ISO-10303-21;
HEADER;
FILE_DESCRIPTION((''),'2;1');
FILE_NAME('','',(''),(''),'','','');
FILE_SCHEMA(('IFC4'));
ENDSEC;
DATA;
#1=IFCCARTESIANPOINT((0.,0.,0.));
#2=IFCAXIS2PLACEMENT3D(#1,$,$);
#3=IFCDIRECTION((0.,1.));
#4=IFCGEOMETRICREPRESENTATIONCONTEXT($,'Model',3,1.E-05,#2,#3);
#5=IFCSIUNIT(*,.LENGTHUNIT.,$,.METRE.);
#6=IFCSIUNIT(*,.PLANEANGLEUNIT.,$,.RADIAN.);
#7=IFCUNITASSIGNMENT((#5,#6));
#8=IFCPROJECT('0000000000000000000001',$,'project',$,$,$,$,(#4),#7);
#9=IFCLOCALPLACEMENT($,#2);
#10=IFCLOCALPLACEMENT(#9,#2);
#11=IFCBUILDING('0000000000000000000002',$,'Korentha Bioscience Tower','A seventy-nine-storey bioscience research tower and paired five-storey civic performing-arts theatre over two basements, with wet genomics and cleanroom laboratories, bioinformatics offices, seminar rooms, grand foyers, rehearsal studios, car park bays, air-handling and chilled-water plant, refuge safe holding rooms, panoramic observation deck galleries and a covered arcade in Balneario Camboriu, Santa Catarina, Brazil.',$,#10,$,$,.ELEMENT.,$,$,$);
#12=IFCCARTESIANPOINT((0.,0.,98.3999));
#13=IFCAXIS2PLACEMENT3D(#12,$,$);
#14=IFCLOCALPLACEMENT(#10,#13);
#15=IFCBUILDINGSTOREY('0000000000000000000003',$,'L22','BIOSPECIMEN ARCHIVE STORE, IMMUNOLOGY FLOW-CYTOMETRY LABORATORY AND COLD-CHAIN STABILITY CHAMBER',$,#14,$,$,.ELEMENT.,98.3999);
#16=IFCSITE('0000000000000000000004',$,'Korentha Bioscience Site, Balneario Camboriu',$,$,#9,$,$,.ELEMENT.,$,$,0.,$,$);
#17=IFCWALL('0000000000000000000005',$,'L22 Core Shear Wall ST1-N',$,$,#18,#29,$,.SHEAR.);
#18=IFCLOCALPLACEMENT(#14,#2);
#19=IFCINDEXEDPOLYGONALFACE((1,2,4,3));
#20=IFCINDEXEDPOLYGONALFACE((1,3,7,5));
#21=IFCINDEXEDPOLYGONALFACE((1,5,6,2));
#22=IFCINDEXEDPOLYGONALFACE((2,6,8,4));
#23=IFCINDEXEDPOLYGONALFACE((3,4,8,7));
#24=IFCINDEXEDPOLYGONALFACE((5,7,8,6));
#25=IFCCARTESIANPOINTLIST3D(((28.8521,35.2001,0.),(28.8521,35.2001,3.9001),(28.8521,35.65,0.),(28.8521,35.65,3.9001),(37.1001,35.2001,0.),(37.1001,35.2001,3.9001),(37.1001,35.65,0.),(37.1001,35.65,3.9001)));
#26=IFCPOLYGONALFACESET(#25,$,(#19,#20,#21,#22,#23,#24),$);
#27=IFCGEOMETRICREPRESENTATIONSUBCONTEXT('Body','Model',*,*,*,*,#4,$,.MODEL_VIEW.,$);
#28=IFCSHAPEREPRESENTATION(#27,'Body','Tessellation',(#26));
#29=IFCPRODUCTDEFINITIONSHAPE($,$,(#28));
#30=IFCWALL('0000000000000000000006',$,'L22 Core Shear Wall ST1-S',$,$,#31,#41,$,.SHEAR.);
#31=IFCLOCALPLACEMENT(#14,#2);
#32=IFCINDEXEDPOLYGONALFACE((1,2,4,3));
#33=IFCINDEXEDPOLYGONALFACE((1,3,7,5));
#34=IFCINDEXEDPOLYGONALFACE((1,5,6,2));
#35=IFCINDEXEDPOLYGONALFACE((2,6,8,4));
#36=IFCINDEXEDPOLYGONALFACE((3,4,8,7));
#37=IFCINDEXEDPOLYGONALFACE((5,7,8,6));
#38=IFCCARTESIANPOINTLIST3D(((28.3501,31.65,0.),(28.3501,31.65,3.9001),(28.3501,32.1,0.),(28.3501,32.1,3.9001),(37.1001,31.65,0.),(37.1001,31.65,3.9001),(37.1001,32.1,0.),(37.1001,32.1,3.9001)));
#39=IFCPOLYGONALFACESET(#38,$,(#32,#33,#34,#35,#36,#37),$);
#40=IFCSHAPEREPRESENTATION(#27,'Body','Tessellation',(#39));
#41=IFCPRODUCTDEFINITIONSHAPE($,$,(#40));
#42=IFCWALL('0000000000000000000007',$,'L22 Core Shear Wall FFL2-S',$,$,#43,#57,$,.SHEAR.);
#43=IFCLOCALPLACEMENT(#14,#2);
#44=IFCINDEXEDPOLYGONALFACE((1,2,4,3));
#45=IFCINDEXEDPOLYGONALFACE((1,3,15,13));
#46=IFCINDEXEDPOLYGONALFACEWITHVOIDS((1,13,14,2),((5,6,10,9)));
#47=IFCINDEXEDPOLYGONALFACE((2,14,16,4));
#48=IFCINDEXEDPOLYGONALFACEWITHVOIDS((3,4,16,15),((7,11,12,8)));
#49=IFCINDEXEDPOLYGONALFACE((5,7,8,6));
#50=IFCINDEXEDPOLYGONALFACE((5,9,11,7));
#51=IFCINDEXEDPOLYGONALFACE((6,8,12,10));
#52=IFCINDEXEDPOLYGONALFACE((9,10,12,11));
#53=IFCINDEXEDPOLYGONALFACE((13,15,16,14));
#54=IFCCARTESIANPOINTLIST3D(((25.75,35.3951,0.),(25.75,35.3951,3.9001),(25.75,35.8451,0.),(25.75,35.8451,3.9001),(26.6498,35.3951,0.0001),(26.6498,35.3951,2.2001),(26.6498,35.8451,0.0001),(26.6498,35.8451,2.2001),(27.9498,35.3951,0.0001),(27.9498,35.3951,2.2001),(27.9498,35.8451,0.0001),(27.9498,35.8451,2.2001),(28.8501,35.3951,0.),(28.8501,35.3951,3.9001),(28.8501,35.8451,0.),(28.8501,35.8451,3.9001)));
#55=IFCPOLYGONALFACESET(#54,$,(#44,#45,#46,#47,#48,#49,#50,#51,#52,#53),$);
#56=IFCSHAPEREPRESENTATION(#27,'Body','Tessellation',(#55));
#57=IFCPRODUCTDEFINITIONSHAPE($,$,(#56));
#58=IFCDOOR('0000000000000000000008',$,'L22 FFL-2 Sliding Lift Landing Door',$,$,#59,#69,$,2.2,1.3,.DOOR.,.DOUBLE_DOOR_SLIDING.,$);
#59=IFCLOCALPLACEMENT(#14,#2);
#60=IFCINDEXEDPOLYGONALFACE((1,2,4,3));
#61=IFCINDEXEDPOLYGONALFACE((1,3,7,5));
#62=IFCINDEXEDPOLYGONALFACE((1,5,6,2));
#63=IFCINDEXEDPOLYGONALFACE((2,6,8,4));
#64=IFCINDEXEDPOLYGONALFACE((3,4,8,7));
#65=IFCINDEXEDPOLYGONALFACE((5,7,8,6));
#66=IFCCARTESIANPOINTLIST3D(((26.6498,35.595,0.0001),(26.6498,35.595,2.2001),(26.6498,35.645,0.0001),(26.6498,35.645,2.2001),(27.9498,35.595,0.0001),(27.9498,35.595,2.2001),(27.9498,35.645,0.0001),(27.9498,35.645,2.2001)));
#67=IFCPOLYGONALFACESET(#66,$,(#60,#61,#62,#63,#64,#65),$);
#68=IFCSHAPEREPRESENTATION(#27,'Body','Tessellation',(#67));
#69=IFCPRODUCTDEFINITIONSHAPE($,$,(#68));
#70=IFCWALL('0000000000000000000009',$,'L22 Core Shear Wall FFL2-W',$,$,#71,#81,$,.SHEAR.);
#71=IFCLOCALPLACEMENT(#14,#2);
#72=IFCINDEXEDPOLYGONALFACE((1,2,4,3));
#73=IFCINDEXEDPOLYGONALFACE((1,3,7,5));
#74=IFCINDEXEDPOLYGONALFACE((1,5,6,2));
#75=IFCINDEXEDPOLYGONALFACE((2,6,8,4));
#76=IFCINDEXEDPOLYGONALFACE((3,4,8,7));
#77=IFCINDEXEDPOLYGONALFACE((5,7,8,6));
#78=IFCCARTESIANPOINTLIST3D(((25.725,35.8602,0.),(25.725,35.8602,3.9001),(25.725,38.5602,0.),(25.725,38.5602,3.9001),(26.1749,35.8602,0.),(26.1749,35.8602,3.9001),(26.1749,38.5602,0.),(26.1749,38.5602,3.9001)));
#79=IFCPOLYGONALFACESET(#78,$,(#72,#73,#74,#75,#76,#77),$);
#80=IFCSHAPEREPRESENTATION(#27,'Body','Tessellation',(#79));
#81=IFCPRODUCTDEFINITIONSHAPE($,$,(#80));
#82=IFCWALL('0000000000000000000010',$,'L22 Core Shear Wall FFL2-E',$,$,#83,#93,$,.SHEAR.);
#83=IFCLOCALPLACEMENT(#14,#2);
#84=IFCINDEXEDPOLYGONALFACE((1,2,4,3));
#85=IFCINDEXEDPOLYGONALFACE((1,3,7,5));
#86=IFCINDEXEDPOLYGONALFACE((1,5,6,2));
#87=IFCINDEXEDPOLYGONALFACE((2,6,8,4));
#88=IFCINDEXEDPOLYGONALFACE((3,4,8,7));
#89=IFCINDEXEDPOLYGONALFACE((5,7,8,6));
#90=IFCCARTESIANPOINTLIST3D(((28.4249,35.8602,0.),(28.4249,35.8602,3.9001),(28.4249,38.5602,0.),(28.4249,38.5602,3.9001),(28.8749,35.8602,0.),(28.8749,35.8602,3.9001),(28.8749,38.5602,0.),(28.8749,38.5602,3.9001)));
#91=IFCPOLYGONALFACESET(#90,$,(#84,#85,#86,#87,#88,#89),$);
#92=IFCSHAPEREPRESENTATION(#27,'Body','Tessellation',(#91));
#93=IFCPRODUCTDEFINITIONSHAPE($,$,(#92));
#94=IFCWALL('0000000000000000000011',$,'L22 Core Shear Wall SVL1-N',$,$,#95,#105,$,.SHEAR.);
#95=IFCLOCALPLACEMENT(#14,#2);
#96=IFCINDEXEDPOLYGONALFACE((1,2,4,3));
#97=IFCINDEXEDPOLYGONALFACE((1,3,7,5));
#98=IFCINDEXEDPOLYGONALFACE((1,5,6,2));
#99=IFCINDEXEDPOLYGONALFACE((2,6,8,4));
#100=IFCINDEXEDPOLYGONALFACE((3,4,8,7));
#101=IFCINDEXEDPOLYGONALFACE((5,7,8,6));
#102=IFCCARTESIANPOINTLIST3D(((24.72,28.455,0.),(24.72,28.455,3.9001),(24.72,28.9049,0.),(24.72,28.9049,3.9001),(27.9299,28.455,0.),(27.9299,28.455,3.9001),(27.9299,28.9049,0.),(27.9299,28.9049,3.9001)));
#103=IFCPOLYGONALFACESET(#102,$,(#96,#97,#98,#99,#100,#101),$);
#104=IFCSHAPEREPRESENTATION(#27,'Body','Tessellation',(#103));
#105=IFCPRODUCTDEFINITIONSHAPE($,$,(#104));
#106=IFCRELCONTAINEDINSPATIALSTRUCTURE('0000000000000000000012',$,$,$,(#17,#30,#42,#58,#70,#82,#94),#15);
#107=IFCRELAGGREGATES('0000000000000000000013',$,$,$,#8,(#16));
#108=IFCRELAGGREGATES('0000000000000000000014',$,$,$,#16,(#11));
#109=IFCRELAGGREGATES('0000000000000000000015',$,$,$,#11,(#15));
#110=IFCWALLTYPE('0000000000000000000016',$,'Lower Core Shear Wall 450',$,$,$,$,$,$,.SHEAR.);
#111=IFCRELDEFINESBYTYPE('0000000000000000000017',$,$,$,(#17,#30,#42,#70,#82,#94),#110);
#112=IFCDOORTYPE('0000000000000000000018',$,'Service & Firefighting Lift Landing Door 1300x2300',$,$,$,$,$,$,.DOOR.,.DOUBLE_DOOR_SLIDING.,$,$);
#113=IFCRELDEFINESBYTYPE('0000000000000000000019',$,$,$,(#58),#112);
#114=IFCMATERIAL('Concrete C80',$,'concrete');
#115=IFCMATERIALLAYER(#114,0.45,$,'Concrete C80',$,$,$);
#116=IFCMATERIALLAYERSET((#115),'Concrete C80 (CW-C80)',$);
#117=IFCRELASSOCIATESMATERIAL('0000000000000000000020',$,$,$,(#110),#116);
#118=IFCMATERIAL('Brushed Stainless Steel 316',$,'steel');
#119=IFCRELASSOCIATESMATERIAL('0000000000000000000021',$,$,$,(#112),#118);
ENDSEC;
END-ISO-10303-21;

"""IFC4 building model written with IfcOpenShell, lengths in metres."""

from ifc_helpers import new_model, si_unit, direction, frame, frame_2d, origin, place, context, subcontext, project, spatial, rectangle, extrude, material, layer, layer_set, type_object, element, fill, save


model = new_model("IFC4")

# Units and contexts
model_context = context("Model", 3, precision=1e-05, world=origin(), true_north=direction((0.0, 1.0)))
body_context = subcontext(model_context, "Body", "Model", "MODEL_VIEW")
ifc_project = project(units=[si_unit("LENGTHUNIT", "METRE"), si_unit("PLANEANGLEUNIT", "RADIAN")], contexts=[model_context])

# Site, building, storey
site_placement = place(None, origin())
site = spatial("IfcSite", under=ifc_project, at=site_placement, Name="Korentha Bioscience Site, Balneario Camboriu", CompositionType="ELEMENT", RefElevation=0.0)
building_placement = place(site_placement, origin())
building = spatial("IfcBuilding", under=site, at=building_placement, Name="Korentha Bioscience Tower", Description="A seventy-nine-storey bioscience research tower and paired five-storey civic performing-arts theatre over two basements, with wet genomics and cleanroom laboratories, bioinformatics offices, seminar rooms, grand foyers, rehearsal studios, car park bays, air-handling and chilled-water plant, refuge safe holding rooms, panoramic observation deck galleries and a covered arcade in Balneario Camboriu, Santa Catarina, Brazil.", CompositionType="ELEMENT")
storey_placement = place(building_placement, frame((0.0, 0.0, 98.3999)))
storey = spatial("IfcBuildingStorey", under=building, at=storey_placement, Name="L22", Description="BIOSPECIMEN ARCHIVE STORE, IMMUNOLOGY FLOW-CYTOMETRY LABORATORY AND COLD-CHAIN STABILITY CHAMBER", CompositionType="ELEMENT", Elevation=98.3999)

# Shared definitions
ifc_material_1 = material(Name="Concrete C80", Category="concrete")

# Walls
ifc_layer_1 = layer(ifc_material_1, 0.45, Name="Concrete C80")
ifc_layer_set_1 = layer_set([ifc_layer_1], Name="Concrete C80 (CW-C80)")
wall_type_1 = type_object("IfcWallType", Name="Lower Core Shear Wall 450", PredefinedType="SHEAR", material=ifc_layer_set_1)
wall_1_placement = place(storey_placement, frame((28.8521, 35.425, 0.0), z_axis=(0.0, 0.0, 1.0), x_axis=(1.0, 0.0, 0.0)))
element("IfcWall", 1, at=wall_1_placement, inside=storey, type_object=wall_type_1, Name="L22 Core Shear Wall ST1-N", PredefinedType="SHEAR", context=body_context, shape_type="SweptSolid", body=[
    extrude(rectangle(XDim=8.248, YDim=0.45, at=frame_2d((4.124, 0.0))), origin(), (0.0, 0.0, 1.0), 3.9001),
])
wall_2_placement = place(storey_placement, frame((28.3501, 31.875, 0.0), z_axis=(0.0, 0.0, 1.0), x_axis=(1.0, 0.0, 0.0)))
element("IfcWall", 2, at=wall_2_placement, inside=storey, type_object=wall_type_1, Name="L22 Core Shear Wall ST1-S", PredefinedType="SHEAR", context=body_context, shape_type="SweptSolid", body=[
    extrude(rectangle(XDim=8.75, YDim=0.45, at=frame_2d((4.375, 0.0))), origin(), (0.0, 0.0, 1.0), 3.9001),
])

# Wall, opening, door
wall_3_placement = place(storey_placement, frame((25.75, 35.6201, 0.0), z_axis=(0.0, 0.0, 1.0), x_axis=(1.0, 0.0, 0.0)))
wall_3 = element("IfcWall", 3, at=wall_3_placement, inside=storey, type_object=wall_type_1, Name="L22 Core Shear Wall FFL2-S", PredefinedType="SHEAR", context=body_context, shape_type="SweptSolid", body=[
    extrude(rectangle(XDim=3.1001, YDim=0.45, at=frame_2d((1.55, 0.0))), origin(), (0.0, 0.0, 1.0), 3.9001),
])
opening_1_placement = place(wall_3_placement, frame((0.8999, 0.0, 0.0)))
opening_1 = element("IfcOpeningElement", 4, at=opening_1_placement, cuts=wall_3, PredefinedType="OPENING", context=body_context, shape_type="SweptSolid", body=[
    extrude(rectangle(XDim=1.3, YDim=2.2, at=frame_2d((0.6499, 1.1001))), frame((0.0, 0.2397, 0.0), z_axis=(0.0, -1.0, 0.0), x_axis=(1.0, 0.0, 0.0)), (0.0, 0.0, 1.0), 0.4797),
])
ifc_material_2 = material(Name="Brushed Stainless Steel 316", Category="steel")
door_type_1 = type_object("IfcDoorType", Name="Service & Firefighting Lift Landing Door 1300x2300", OperationType="DOUBLE_DOOR_SLIDING", PredefinedType="DOOR", material=ifc_material_2)
door_1_placement = place(opening_1_placement, origin())
door_1 = element("IfcDoor", 5, at=door_1_placement, inside=storey, type_object=door_type_1, Name="L22 FFL-2 Sliding Lift Landing Door", OperationType="DOUBLE_DOOR_SLIDING", OverallHeight=2.2, OverallWidth=1.3, PredefinedType="DOOR", context=body_context, shape_type="SweptSolid", body=[
    extrude(rectangle(XDim=1.3, YDim=2.2, at=frame_2d((0.6499, 1.1001))), frame((0.0, 0.0249, 0.0), z_axis=(0.0, -1.0, 0.0), x_axis=(1.0, 0.0, 0.0)), (0.0, 0.0, 1.0), 0.05),
])
fill(opening_1, door_1)

# Walls
for number, where, z_axis, x_axis, name in (
    (6, (25.95, 35.8601, 0.0), (0.0, 0.0, 1.0), (0.0, 1.0, 0.0), "L22 Core Shear Wall FFL2-W"),
    (7, (28.6499, 35.8601, 0.0), (0.0, 0.0, 1.0), (0.0, 1.0, 0.0), "L22 Core Shear Wall FFL2-E"),
):
    element("IfcWall", number, at=place(storey_placement, frame(where, z_axis=z_axis, x_axis=x_axis)), inside=storey, type_object=wall_type_1, Name=name, PredefinedType="SHEAR", context=body_context, shape_type="SweptSolid", body=[
        extrude(rectangle(XDim=2.7, YDim=0.45, at=frame_2d((1.3501, 0.0))), origin(), (0.0, 0.0, 1.0), 3.9001),
    ])
wall_4_placement = place(storey_placement, frame((24.72, 28.6799, 0.0), z_axis=(0.0, 0.0, 1.0), x_axis=(1.0, 0.0, 0.0)))
element("IfcWall", 8, at=wall_4_placement, inside=storey, type_object=wall_type_1, Name="L22 Core Shear Wall SVL1-N", PredefinedType="SHEAR", context=body_context, shape_type="SweptSolid", body=[
    extrude(rectangle(XDim=3.21, YDim=0.45, at=frame_2d((1.605, 0.0))), origin(), (0.0, 0.0, 1.0), 3.9001),
])

save(model, "model.ifc")
